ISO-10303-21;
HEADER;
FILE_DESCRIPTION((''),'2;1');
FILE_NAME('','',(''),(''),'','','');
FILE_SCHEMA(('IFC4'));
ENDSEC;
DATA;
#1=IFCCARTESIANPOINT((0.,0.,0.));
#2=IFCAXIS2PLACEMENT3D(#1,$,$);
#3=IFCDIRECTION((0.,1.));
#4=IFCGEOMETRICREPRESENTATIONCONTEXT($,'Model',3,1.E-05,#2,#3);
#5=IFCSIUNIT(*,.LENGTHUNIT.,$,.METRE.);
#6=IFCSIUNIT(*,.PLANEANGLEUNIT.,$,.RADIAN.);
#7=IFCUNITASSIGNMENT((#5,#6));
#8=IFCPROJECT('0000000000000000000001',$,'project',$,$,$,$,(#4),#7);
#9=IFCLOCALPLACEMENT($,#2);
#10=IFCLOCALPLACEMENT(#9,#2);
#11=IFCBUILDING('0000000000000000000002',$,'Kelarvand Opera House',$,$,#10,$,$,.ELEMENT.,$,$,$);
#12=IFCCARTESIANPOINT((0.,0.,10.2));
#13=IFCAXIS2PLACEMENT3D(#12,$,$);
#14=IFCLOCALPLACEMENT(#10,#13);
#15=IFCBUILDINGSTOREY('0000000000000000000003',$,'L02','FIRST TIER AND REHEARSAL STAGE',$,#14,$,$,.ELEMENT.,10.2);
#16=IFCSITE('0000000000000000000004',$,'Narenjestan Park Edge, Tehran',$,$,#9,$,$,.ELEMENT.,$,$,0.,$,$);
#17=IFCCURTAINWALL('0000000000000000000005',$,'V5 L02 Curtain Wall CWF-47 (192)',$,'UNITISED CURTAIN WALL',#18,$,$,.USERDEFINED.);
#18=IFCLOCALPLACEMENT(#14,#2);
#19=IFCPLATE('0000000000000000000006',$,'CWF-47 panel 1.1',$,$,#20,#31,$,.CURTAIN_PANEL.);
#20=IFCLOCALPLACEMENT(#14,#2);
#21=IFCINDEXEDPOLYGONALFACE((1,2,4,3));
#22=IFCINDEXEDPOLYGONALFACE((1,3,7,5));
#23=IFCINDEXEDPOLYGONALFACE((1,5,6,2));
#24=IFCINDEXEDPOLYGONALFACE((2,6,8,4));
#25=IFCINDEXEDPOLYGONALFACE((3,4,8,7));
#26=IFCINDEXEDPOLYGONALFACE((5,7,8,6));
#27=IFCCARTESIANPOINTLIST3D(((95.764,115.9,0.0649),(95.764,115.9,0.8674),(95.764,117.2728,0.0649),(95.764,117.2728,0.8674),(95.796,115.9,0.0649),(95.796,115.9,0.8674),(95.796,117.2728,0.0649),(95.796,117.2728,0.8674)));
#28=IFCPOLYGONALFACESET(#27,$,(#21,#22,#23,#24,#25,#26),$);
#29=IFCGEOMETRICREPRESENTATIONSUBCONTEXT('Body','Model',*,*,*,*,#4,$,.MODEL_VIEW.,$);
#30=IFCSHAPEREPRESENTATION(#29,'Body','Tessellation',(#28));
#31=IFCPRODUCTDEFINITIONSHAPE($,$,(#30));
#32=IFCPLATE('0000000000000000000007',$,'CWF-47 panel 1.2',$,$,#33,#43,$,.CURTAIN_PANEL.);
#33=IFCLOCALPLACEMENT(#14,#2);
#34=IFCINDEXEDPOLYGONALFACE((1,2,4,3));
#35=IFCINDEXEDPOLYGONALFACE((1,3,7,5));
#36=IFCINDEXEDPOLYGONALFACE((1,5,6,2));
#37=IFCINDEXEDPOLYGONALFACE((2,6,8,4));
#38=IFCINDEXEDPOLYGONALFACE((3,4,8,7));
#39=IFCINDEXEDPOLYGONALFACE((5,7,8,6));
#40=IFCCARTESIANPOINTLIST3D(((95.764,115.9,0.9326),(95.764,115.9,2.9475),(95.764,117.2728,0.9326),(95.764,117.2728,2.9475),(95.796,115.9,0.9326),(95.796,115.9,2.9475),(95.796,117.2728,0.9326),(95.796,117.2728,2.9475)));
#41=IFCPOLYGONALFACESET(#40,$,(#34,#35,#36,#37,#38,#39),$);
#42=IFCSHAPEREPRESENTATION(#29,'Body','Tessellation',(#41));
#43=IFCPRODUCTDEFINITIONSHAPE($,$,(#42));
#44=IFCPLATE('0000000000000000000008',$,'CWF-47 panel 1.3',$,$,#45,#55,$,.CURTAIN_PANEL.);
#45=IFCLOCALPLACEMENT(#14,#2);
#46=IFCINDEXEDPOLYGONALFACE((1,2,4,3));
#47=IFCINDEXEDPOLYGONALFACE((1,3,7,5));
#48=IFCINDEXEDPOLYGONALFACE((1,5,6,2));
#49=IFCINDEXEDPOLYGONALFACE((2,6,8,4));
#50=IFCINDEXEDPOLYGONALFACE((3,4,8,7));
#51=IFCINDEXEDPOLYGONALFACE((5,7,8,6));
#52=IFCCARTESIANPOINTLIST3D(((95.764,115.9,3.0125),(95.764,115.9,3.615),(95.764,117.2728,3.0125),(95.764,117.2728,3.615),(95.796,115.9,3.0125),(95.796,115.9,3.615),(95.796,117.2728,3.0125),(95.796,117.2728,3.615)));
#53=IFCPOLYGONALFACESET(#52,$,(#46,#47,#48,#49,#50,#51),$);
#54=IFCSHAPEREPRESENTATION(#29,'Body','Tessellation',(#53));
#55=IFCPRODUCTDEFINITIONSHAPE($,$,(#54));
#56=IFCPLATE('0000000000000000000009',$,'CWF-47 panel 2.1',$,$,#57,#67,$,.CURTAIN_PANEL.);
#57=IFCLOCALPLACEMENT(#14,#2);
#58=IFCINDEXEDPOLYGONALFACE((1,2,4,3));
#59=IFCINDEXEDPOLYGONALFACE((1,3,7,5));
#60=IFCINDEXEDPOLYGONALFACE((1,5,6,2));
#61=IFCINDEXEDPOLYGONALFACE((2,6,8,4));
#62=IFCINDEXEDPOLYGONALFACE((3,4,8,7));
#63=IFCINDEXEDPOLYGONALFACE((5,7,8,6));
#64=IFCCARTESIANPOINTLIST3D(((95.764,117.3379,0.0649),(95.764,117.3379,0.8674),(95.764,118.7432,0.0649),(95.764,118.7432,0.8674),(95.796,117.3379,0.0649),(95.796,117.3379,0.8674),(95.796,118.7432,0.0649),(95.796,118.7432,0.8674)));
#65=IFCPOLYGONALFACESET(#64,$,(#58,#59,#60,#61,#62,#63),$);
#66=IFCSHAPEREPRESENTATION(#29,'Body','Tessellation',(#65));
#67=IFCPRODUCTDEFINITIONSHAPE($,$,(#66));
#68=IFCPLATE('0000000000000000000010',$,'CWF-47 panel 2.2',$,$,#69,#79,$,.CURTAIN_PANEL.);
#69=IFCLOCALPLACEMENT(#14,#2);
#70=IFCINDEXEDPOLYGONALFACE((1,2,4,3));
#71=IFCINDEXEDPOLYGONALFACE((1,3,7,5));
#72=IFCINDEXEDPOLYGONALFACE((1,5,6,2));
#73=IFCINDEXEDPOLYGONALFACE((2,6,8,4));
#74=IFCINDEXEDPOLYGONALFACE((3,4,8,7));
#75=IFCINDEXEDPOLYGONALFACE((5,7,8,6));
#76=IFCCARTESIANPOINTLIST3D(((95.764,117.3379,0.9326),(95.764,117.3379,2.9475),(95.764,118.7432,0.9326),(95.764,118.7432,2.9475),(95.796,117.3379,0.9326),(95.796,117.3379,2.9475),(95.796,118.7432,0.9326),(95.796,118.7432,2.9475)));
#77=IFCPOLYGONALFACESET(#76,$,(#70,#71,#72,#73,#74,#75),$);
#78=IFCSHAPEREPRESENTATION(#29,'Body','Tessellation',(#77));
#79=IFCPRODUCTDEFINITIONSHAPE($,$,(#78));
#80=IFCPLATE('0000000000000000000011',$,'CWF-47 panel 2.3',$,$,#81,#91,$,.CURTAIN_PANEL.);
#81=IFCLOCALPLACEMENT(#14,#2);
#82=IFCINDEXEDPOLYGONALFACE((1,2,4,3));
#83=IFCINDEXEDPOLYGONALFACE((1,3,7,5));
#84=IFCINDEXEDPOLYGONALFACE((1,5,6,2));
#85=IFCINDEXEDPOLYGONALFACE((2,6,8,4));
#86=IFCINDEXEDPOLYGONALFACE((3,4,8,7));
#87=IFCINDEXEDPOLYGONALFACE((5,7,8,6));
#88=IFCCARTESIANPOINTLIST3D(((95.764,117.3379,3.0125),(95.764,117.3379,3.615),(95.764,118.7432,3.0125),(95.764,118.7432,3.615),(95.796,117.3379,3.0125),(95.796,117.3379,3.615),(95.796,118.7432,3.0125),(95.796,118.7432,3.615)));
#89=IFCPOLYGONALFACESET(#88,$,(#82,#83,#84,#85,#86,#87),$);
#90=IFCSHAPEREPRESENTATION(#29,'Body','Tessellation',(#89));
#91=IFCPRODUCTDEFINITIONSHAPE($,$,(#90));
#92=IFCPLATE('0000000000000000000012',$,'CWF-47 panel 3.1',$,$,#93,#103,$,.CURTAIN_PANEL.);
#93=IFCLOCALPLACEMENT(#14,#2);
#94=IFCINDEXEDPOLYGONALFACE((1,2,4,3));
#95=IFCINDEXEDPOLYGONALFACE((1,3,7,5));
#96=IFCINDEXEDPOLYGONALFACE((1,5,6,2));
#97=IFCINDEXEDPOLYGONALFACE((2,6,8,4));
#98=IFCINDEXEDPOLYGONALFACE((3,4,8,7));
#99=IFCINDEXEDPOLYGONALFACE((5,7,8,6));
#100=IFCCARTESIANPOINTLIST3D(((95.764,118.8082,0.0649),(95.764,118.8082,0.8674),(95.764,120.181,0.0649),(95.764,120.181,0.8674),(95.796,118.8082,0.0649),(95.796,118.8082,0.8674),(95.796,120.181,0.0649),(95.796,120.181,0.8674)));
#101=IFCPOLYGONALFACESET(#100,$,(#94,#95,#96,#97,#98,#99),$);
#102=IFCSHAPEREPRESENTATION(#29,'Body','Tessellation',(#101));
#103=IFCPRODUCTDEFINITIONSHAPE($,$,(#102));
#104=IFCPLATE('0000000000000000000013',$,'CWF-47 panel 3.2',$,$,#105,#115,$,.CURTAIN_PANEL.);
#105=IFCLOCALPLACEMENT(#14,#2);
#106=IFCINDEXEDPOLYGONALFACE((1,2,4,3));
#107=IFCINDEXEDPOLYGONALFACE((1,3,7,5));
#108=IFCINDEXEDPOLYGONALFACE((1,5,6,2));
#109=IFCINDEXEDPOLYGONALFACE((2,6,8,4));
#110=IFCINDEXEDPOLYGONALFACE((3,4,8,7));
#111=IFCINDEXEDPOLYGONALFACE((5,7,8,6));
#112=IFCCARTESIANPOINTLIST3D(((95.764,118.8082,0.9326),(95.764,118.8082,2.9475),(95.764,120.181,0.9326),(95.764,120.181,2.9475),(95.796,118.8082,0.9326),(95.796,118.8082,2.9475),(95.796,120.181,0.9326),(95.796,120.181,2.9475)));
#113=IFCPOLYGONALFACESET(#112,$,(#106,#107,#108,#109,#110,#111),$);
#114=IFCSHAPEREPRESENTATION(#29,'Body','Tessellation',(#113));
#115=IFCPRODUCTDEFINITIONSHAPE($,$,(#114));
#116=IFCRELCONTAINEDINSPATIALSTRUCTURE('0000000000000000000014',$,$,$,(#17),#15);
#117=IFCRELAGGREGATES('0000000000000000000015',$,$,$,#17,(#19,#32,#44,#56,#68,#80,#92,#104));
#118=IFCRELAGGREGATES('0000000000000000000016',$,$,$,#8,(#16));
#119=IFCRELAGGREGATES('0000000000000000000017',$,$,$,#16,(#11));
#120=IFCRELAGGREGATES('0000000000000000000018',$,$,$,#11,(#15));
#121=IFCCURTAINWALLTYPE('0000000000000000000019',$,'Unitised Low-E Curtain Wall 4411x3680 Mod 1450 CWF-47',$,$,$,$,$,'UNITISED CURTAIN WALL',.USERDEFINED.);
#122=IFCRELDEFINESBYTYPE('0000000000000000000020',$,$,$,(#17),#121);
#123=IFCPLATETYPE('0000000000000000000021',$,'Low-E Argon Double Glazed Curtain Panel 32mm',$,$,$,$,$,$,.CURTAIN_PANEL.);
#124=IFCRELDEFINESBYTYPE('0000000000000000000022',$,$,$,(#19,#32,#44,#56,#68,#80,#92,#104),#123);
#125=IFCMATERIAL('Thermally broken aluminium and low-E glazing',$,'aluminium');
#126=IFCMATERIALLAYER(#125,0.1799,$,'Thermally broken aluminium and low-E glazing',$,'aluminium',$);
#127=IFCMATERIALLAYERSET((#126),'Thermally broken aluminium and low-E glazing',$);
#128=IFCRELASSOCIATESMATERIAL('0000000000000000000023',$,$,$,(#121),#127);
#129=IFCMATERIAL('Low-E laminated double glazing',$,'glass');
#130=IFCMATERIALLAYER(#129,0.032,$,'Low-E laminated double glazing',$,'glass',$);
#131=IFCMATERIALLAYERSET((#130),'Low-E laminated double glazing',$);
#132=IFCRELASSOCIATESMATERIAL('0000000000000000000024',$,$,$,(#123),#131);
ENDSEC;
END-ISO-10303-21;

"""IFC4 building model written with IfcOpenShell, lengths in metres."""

from ifc_helpers import new_model, si_unit, direction, frame, origin, origin_2d, place, context, subcontext, project, spatial, rectangle, extrude, material, layer, layer_set, type_object, element, aggregate, save


model = new_model("IFC4")

# Units and contexts
model_context = context("Model", 3, precision=1e-05, world=origin(), true_north=direction((0.0, 1.0)))
body_context = subcontext(model_context, "Body", "Model", "MODEL_VIEW")
ifc_project = project(units=[si_unit("LENGTHUNIT", "METRE"), si_unit("PLANEANGLEUNIT", "RADIAN")], contexts=[model_context])

# Site, building, storey
site_placement = place(None, origin())
site = spatial("IfcSite", under=ifc_project, at=site_placement, Name="Narenjestan Park Edge, Tehran", CompositionType="ELEMENT", RefElevation=0.0)
building_placement = place(site_placement, origin())
building = spatial("IfcBuilding", under=site, at=building_placement, Name="Kelarvand Opera House", CompositionType="ELEMENT")
storey_placement = place(building_placement, frame((0.0, 0.0, 10.2)))
storey = spatial("IfcBuildingStorey", under=building, at=storey_placement, Name="L02", Description="FIRST TIER AND REHEARSAL STAGE", CompositionType="ELEMENT", Elevation=10.2)

# Curtain wall, plates
ifc_material_1 = material(Name="Thermally broken aluminium and low-E glazing", Category="aluminium")
ifc_layer_1 = layer(ifc_material_1, 0.1799, Name="Thermally broken aluminium and low-E glazing", Category="aluminium")
ifc_layer_set_1 = layer_set([ifc_layer_1], Name="Thermally broken aluminium and low-E glazing")
curtain_wall_type = type_object("IfcCurtainWallType", Name="Unitised Low-E Curtain Wall 4411x3680 Mod 1450 CWF-47", ElementType="UNITISED CURTAIN WALL", PredefinedType="USERDEFINED", material=ifc_layer_set_1)
curtain_wall_placement = place(storey_placement, origin())
curtain_wall = element("IfcCurtainWall", 1, at=curtain_wall_placement, inside=storey, type_object=curtain_wall_type, Name="V5 L02 Curtain Wall CWF-47 (192)", ObjectType="UNITISED CURTAIN WALL", PredefinedType="USERDEFINED")
ifc_material_2 = material(Name="Low-E laminated double glazing", Category="glass")
ifc_layer_2 = layer(ifc_material_2, 0.032, Name="Low-E laminated double glazing", Category="glass")
ifc_layer_set_2 = layer_set([ifc_layer_2], Name="Low-E laminated double glazing")
plate_type = type_object("IfcPlateType", Name="Low-E Argon Double Glazed Curtain Panel 32mm", PredefinedType="CURTAIN_PANEL", material=ifc_layer_set_2)
plate_1_placement = place(storey_placement, frame((95.78, 116.5864, 0.0649), z_axis=(0.0, 0.0, 1.0), x_axis=(0.0, 1.0, 0.0)))
plate_1 = element("IfcPlate", 2, at=plate_1_placement, type_object=plate_type, Name="CWF-47 panel 1.1", PredefinedType="CURTAIN_PANEL", context=body_context, shape_type="SweptSolid", body=[
    extrude(rectangle(XDim=1.3728, YDim=0.032, at=origin_2d()), origin(), (0.0, 0.0, 1.0), 0.8025),
])
plate_2_placement = place(storey_placement, frame((95.78, 116.5864, 0.9326), z_axis=(0.0, 0.0, 1.0), x_axis=(0.0, 1.0, 0.0)))
plate_2 = element("IfcPlate", 3, at=plate_2_placement, type_object=plate_type, Name="CWF-47 panel 1.2", PredefinedType="CURTAIN_PANEL", context=body_context, shape_type="SweptSolid", body=[
    extrude(rectangle(XDim=1.3728, YDim=0.032, at=origin_2d()), origin(), (0.0, 0.0, 1.0), 2.0149),
])
plate_3_placement = place(storey_placement, frame((95.78, 116.5864, 3.0125), z_axis=(0.0, 0.0, 1.0), x_axis=(0.0, 1.0, 0.0)))
plate_3 = element("IfcPlate", 4, at=plate_3_placement, type_object=plate_type, Name="CWF-47 panel 1.3", PredefinedType="CURTAIN_PANEL", context=body_context, shape_type="SweptSolid", body=[
    extrude(rectangle(XDim=1.3728, YDim=0.032, at=origin_2d()), origin(), (0.0, 0.0, 1.0), 0.6025),
])
plate_4_placement = place(storey_placement, frame((95.78, 118.0405, 0.0649), z_axis=(0.0, 0.0, 1.0), x_axis=(0.0, 1.0, 0.0)))
plate_4 = element("IfcPlate", 5, at=plate_4_placement, type_object=plate_type, Name="CWF-47 panel 2.1", PredefinedType="CURTAIN_PANEL", context=body_context, shape_type="SweptSolid", body=[
    extrude(rectangle(XDim=1.4053, YDim=0.032, at=origin_2d()), origin(), (0.0, 0.0, 1.0), 0.8025),
])
plate_5_placement = place(storey_placement, frame((95.78, 118.0405, 0.9326), z_axis=(0.0, 0.0, 1.0), x_axis=(0.0, 1.0, 0.0)))
plate_5 = element("IfcPlate", 6, at=plate_5_placement, type_object=plate_type, Name="CWF-47 panel 2.2", PredefinedType="CURTAIN_PANEL", context=body_context, shape_type="SweptSolid", body=[
    extrude(rectangle(XDim=1.4053, YDim=0.032, at=origin_2d()), origin(), (0.0, 0.0, 1.0), 2.0149),
])
plate_6_placement = place(storey_placement, frame((95.78, 118.0405, 3.0125), z_axis=(0.0, 0.0, 1.0), x_axis=(0.0, 1.0, 0.0)))
plate_6 = element("IfcPlate", 7, at=plate_6_placement, type_object=plate_type, Name="CWF-47 panel 2.3", PredefinedType="CURTAIN_PANEL", context=body_context, shape_type="SweptSolid", body=[
    extrude(rectangle(XDim=1.4053, YDim=0.032, at=origin_2d()), origin(), (0.0, 0.0, 1.0), 0.6025),
])
plate_7_placement = place(storey_placement, frame((95.78, 119.4946, 0.0649), z_axis=(0.0, 0.0, 1.0), x_axis=(0.0, 1.0, 0.0)))
plate_7 = element("IfcPlate", 8, at=plate_7_placement, type_object=plate_type, Name="CWF-47 panel 3.1", PredefinedType="CURTAIN_PANEL", context=body_context, shape_type="SweptSolid", body=[
    extrude(rectangle(XDim=1.3728, YDim=0.032, at=origin_2d()), origin(), (0.0, 0.0, 1.0), 0.8025),
])
plate_8_placement = place(storey_placement, frame((95.78, 119.4946, 0.9326), z_axis=(0.0, 0.0, 1.0), x_axis=(0.0, 1.0, 0.0)))
plate_8 = element("IfcPlate", 9, at=plate_8_placement, type_object=plate_type, Name="CWF-47 panel 3.2", PredefinedType="CURTAIN_PANEL", context=body_context, shape_type="SweptSolid", body=[
    extrude(rectangle(XDim=1.3728, YDim=0.032, at=origin_2d()), origin(), (0.0, 0.0, 1.0), 2.0149),
])
aggregate(curtain_wall, [plate_1, plate_2, plate_3, plate_4, plate_5, plate_6, plate_7, plate_8])

save(model, "model.ifc")
